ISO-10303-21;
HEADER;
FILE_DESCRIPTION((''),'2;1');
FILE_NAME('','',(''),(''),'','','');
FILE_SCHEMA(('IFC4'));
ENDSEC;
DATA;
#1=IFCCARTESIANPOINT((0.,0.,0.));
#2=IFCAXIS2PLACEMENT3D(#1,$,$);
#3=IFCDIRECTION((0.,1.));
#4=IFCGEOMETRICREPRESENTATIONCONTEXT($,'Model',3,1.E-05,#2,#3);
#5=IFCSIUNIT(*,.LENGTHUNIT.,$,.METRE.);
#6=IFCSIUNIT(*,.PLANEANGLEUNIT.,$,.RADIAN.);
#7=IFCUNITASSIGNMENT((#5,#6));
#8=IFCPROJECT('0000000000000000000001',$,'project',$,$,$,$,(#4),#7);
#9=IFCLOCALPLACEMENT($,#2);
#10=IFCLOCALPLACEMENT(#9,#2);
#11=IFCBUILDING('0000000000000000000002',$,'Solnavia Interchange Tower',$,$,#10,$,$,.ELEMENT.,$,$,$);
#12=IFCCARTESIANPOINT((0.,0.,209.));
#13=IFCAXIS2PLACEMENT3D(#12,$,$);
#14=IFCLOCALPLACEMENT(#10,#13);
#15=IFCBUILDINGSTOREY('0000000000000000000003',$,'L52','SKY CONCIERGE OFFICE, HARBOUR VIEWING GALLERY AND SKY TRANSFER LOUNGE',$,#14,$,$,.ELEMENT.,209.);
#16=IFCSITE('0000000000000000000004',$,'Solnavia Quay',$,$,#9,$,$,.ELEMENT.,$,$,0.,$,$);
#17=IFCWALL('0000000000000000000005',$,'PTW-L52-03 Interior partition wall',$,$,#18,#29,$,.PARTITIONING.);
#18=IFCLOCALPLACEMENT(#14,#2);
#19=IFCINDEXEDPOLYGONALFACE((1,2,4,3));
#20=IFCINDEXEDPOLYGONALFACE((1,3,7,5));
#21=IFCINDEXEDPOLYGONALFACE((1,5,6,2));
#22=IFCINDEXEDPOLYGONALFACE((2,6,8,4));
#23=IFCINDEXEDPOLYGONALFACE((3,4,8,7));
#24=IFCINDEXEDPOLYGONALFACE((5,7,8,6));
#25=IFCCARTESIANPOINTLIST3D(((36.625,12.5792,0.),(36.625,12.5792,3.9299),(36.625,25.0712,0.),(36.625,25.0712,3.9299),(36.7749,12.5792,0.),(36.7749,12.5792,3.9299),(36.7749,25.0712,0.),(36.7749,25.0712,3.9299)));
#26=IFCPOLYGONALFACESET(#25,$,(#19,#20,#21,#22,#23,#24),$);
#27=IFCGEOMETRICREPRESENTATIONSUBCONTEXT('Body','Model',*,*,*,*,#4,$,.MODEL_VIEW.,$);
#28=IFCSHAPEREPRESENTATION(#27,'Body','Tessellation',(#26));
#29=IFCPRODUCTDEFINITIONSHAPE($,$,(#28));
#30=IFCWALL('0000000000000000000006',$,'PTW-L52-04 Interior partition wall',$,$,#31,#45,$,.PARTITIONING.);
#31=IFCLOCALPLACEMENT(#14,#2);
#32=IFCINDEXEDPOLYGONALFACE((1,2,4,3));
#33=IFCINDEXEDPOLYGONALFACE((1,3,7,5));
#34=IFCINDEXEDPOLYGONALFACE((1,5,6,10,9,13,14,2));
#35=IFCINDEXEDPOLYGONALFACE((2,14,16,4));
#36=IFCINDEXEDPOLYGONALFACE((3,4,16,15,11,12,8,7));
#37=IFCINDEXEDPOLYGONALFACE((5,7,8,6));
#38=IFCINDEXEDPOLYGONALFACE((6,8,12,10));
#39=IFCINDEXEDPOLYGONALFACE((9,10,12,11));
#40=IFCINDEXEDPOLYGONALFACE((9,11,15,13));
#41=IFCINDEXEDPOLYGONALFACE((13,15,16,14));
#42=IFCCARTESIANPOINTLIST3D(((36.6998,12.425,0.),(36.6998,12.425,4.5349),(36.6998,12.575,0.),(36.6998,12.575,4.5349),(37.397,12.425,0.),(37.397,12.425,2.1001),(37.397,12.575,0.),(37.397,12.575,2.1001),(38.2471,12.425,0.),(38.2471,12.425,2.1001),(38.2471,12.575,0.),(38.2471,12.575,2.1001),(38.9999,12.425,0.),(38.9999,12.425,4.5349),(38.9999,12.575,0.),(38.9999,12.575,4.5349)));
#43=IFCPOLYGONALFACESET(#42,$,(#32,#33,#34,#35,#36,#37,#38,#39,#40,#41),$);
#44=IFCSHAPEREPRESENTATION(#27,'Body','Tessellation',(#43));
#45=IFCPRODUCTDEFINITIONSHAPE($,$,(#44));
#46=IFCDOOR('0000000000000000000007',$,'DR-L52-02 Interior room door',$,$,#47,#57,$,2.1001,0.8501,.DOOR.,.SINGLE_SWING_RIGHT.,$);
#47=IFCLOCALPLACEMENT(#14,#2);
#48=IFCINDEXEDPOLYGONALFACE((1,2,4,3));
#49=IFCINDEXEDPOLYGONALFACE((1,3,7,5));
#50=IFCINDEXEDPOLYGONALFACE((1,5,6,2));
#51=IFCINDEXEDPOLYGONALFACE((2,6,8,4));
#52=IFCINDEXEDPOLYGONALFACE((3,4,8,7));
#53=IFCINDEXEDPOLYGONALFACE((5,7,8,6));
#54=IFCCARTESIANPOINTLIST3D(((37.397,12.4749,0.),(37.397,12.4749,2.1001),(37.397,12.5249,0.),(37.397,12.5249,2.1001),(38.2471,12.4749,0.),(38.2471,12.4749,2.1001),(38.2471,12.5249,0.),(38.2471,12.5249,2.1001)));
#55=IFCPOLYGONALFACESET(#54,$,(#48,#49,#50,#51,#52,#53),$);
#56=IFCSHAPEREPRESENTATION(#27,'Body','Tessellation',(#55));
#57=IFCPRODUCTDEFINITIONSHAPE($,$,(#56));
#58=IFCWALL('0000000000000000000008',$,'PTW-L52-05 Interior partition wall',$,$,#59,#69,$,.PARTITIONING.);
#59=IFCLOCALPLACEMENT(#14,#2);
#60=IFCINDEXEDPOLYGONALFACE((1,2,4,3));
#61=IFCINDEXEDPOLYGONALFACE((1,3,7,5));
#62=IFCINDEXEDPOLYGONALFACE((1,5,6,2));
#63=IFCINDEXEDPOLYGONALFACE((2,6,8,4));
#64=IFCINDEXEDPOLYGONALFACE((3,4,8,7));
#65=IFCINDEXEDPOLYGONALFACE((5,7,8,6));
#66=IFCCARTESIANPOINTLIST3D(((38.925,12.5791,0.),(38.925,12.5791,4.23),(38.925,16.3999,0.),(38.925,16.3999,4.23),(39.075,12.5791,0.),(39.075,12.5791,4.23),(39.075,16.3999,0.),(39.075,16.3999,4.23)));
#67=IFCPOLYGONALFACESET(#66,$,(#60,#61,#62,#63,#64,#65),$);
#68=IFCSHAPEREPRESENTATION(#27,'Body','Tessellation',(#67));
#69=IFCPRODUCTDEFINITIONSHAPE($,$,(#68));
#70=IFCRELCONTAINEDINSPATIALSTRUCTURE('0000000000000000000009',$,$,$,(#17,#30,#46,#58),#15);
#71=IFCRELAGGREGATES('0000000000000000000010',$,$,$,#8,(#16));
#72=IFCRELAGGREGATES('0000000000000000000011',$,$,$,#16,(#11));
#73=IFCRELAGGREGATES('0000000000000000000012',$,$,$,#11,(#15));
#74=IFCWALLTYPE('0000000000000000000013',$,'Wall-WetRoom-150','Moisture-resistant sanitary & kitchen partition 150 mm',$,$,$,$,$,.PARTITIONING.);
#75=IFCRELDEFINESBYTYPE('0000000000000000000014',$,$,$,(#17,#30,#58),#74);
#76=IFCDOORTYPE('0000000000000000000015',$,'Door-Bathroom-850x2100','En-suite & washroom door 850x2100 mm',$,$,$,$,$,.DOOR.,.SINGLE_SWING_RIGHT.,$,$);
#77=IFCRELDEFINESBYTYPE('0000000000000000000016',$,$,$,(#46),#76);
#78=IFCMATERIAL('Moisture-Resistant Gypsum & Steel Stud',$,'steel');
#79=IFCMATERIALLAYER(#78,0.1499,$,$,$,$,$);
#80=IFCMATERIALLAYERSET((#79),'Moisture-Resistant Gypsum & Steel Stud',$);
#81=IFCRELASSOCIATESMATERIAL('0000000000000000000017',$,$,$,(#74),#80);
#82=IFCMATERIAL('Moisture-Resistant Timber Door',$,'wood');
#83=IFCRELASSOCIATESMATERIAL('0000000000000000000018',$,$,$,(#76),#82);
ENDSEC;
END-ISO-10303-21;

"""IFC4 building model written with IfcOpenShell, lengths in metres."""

from ifc_helpers import new_model, si_unit, direction, frame, frame_2d, origin, place, context, subcontext, project, spatial, rectangle, extrude, material, layer, layer_set, type_object, element, fill, save


model = new_model("IFC4")

# Units and contexts
model_context = context("Model", 3, precision=1e-05, world=origin(), true_north=direction((0.0, 1.0)))
body_context = subcontext(model_context, "Body", "Model", "MODEL_VIEW")
ifc_project = project(units=[si_unit("LENGTHUNIT", "METRE"), si_unit("PLANEANGLEUNIT", "RADIAN")], contexts=[model_context])

# Site, building, storey
site_placement = place(None, origin())
site = spatial("IfcSite", under=ifc_project, at=site_placement, Name="Solnavia Quay", CompositionType="ELEMENT", RefElevation=0.0)
building_placement = place(site_placement, origin())
building = spatial("IfcBuilding", under=site, at=building_placement, Name="Solnavia Interchange Tower", CompositionType="ELEMENT")
storey_placement = place(building_placement, frame((0.0, 0.0, 209.0)))
storey = spatial("IfcBuildingStorey", under=building, at=storey_placement, Name="L52", Description="SKY CONCIERGE OFFICE, HARBOUR VIEWING GALLERY AND SKY TRANSFER LOUNGE", CompositionType="ELEMENT", Elevation=209.0)

# Wall
ifc_material_1 = material(Name="Moisture-Resistant Gypsum & Steel Stud", Category="steel")
ifc_layer_1 = layer(ifc_material_1, 0.1499)
ifc_layer_set_1 = layer_set([ifc_layer_1], Name="Moisture-Resistant Gypsum & Steel Stud")
wall_type_1 = type_object("IfcWallType", Name="Wall-WetRoom-150", Description="Moisture-resistant sanitary & kitchen partition 150 mm", PredefinedType="PARTITIONING", material=ifc_layer_set_1)
wall_1_placement = place(storey_placement, frame((36.7, 12.5791, 0.0), z_axis=(0.0, 0.0, 1.0), x_axis=(0.0, 1.0, 0.0)))
element("IfcWall", 1, at=wall_1_placement, inside=storey, type_object=wall_type_1, Name="PTW-L52-03 Interior partition wall", PredefinedType="PARTITIONING", context=body_context, shape_type="SweptSolid", body=[
    extrude(rectangle(XDim=12.4919, YDim=0.1499, at=frame_2d((6.2461, 0.0))), origin(), (0.0, 0.0, 1.0), 3.9299),
])

# Wall, opening, door
wall_2_placement = place(storey_placement, frame((36.7, 12.5, 0.0), z_axis=(0.0, 0.0, 1.0), x_axis=(1.0, 0.0, 0.0)))
wall_2 = element("IfcWall", 2, at=wall_2_placement, inside=storey, type_object=wall_type_1, Name="PTW-L52-04 Interior partition wall", PredefinedType="PARTITIONING", context=body_context, shape_type="SweptSolid", body=[
    extrude(rectangle(XDim=2.3, YDim=0.1499, at=frame_2d((1.1499, 0.0))), origin(), (0.0, 0.0, 1.0), 4.5349),
])
opening_1_placement = place(wall_2_placement, frame((0.697, 0.0, 0.0)))
opening_1 = element("IfcOpeningElement", 3, at=opening_1_placement, cuts=wall_2, PredefinedType="OPENING", context=body_context, shape_type="SweptSolid", body=[
    extrude(rectangle(XDim=0.8501, YDim=2.1001, at=frame_2d((0.425, 1.05))), frame((0.0, 0.085, 0.0), z_axis=(0.0, -1.0, 0.0), x_axis=(1.0, 0.0, 0.0)), (0.0, 0.0, 1.0), 0.1699),
])
ifc_material_2 = material(Name="Moisture-Resistant Timber Door", Category="wood")
door_type_1 = type_object("IfcDoorType", Name="Door-Bathroom-850x2100", Description="En-suite & washroom door 850x2100 mm", OperationType="SINGLE_SWING_RIGHT", PredefinedType="DOOR", material=ifc_material_2)
door_1_placement = place(opening_1_placement, origin())
door_1 = element("IfcDoor", 4, at=door_1_placement, inside=storey, type_object=door_type_1, Name="DR-L52-02 Interior room door", OperationType="SINGLE_SWING_RIGHT", OverallHeight=2.1001, OverallWidth=0.8501, PredefinedType="DOOR", context=body_context, shape_type="SweptSolid", body=[
    extrude(rectangle(XDim=0.8501, YDim=2.1001, at=frame_2d((0.425, 1.05))), frame((0.0, 0.0249, 0.0), z_axis=(0.0, -1.0, 0.0), x_axis=(1.0, 0.0, 0.0)), (0.0, 0.0, 1.0), 0.05),
])
fill(opening_1, door_1)

# Wall
wall_3_placement = place(storey_placement, frame((39.0, 12.5791, 0.0), z_axis=(0.0, 0.0, 1.0), x_axis=(0.0, 1.0, 0.0)))
element("IfcWall", 5, at=wall_3_placement, inside=storey, type_object=wall_type_1, Name="PTW-L52-05 Interior partition wall", PredefinedType="PARTITIONING", context=body_context, shape_type="SweptSolid", body=[
    extrude(rectangle(XDim=3.8208, YDim=0.1499, at=frame_2d((1.9104, 0.0))), origin(), (0.0, 0.0, 1.0), 4.23),
])

save(model, "model.ifc")
